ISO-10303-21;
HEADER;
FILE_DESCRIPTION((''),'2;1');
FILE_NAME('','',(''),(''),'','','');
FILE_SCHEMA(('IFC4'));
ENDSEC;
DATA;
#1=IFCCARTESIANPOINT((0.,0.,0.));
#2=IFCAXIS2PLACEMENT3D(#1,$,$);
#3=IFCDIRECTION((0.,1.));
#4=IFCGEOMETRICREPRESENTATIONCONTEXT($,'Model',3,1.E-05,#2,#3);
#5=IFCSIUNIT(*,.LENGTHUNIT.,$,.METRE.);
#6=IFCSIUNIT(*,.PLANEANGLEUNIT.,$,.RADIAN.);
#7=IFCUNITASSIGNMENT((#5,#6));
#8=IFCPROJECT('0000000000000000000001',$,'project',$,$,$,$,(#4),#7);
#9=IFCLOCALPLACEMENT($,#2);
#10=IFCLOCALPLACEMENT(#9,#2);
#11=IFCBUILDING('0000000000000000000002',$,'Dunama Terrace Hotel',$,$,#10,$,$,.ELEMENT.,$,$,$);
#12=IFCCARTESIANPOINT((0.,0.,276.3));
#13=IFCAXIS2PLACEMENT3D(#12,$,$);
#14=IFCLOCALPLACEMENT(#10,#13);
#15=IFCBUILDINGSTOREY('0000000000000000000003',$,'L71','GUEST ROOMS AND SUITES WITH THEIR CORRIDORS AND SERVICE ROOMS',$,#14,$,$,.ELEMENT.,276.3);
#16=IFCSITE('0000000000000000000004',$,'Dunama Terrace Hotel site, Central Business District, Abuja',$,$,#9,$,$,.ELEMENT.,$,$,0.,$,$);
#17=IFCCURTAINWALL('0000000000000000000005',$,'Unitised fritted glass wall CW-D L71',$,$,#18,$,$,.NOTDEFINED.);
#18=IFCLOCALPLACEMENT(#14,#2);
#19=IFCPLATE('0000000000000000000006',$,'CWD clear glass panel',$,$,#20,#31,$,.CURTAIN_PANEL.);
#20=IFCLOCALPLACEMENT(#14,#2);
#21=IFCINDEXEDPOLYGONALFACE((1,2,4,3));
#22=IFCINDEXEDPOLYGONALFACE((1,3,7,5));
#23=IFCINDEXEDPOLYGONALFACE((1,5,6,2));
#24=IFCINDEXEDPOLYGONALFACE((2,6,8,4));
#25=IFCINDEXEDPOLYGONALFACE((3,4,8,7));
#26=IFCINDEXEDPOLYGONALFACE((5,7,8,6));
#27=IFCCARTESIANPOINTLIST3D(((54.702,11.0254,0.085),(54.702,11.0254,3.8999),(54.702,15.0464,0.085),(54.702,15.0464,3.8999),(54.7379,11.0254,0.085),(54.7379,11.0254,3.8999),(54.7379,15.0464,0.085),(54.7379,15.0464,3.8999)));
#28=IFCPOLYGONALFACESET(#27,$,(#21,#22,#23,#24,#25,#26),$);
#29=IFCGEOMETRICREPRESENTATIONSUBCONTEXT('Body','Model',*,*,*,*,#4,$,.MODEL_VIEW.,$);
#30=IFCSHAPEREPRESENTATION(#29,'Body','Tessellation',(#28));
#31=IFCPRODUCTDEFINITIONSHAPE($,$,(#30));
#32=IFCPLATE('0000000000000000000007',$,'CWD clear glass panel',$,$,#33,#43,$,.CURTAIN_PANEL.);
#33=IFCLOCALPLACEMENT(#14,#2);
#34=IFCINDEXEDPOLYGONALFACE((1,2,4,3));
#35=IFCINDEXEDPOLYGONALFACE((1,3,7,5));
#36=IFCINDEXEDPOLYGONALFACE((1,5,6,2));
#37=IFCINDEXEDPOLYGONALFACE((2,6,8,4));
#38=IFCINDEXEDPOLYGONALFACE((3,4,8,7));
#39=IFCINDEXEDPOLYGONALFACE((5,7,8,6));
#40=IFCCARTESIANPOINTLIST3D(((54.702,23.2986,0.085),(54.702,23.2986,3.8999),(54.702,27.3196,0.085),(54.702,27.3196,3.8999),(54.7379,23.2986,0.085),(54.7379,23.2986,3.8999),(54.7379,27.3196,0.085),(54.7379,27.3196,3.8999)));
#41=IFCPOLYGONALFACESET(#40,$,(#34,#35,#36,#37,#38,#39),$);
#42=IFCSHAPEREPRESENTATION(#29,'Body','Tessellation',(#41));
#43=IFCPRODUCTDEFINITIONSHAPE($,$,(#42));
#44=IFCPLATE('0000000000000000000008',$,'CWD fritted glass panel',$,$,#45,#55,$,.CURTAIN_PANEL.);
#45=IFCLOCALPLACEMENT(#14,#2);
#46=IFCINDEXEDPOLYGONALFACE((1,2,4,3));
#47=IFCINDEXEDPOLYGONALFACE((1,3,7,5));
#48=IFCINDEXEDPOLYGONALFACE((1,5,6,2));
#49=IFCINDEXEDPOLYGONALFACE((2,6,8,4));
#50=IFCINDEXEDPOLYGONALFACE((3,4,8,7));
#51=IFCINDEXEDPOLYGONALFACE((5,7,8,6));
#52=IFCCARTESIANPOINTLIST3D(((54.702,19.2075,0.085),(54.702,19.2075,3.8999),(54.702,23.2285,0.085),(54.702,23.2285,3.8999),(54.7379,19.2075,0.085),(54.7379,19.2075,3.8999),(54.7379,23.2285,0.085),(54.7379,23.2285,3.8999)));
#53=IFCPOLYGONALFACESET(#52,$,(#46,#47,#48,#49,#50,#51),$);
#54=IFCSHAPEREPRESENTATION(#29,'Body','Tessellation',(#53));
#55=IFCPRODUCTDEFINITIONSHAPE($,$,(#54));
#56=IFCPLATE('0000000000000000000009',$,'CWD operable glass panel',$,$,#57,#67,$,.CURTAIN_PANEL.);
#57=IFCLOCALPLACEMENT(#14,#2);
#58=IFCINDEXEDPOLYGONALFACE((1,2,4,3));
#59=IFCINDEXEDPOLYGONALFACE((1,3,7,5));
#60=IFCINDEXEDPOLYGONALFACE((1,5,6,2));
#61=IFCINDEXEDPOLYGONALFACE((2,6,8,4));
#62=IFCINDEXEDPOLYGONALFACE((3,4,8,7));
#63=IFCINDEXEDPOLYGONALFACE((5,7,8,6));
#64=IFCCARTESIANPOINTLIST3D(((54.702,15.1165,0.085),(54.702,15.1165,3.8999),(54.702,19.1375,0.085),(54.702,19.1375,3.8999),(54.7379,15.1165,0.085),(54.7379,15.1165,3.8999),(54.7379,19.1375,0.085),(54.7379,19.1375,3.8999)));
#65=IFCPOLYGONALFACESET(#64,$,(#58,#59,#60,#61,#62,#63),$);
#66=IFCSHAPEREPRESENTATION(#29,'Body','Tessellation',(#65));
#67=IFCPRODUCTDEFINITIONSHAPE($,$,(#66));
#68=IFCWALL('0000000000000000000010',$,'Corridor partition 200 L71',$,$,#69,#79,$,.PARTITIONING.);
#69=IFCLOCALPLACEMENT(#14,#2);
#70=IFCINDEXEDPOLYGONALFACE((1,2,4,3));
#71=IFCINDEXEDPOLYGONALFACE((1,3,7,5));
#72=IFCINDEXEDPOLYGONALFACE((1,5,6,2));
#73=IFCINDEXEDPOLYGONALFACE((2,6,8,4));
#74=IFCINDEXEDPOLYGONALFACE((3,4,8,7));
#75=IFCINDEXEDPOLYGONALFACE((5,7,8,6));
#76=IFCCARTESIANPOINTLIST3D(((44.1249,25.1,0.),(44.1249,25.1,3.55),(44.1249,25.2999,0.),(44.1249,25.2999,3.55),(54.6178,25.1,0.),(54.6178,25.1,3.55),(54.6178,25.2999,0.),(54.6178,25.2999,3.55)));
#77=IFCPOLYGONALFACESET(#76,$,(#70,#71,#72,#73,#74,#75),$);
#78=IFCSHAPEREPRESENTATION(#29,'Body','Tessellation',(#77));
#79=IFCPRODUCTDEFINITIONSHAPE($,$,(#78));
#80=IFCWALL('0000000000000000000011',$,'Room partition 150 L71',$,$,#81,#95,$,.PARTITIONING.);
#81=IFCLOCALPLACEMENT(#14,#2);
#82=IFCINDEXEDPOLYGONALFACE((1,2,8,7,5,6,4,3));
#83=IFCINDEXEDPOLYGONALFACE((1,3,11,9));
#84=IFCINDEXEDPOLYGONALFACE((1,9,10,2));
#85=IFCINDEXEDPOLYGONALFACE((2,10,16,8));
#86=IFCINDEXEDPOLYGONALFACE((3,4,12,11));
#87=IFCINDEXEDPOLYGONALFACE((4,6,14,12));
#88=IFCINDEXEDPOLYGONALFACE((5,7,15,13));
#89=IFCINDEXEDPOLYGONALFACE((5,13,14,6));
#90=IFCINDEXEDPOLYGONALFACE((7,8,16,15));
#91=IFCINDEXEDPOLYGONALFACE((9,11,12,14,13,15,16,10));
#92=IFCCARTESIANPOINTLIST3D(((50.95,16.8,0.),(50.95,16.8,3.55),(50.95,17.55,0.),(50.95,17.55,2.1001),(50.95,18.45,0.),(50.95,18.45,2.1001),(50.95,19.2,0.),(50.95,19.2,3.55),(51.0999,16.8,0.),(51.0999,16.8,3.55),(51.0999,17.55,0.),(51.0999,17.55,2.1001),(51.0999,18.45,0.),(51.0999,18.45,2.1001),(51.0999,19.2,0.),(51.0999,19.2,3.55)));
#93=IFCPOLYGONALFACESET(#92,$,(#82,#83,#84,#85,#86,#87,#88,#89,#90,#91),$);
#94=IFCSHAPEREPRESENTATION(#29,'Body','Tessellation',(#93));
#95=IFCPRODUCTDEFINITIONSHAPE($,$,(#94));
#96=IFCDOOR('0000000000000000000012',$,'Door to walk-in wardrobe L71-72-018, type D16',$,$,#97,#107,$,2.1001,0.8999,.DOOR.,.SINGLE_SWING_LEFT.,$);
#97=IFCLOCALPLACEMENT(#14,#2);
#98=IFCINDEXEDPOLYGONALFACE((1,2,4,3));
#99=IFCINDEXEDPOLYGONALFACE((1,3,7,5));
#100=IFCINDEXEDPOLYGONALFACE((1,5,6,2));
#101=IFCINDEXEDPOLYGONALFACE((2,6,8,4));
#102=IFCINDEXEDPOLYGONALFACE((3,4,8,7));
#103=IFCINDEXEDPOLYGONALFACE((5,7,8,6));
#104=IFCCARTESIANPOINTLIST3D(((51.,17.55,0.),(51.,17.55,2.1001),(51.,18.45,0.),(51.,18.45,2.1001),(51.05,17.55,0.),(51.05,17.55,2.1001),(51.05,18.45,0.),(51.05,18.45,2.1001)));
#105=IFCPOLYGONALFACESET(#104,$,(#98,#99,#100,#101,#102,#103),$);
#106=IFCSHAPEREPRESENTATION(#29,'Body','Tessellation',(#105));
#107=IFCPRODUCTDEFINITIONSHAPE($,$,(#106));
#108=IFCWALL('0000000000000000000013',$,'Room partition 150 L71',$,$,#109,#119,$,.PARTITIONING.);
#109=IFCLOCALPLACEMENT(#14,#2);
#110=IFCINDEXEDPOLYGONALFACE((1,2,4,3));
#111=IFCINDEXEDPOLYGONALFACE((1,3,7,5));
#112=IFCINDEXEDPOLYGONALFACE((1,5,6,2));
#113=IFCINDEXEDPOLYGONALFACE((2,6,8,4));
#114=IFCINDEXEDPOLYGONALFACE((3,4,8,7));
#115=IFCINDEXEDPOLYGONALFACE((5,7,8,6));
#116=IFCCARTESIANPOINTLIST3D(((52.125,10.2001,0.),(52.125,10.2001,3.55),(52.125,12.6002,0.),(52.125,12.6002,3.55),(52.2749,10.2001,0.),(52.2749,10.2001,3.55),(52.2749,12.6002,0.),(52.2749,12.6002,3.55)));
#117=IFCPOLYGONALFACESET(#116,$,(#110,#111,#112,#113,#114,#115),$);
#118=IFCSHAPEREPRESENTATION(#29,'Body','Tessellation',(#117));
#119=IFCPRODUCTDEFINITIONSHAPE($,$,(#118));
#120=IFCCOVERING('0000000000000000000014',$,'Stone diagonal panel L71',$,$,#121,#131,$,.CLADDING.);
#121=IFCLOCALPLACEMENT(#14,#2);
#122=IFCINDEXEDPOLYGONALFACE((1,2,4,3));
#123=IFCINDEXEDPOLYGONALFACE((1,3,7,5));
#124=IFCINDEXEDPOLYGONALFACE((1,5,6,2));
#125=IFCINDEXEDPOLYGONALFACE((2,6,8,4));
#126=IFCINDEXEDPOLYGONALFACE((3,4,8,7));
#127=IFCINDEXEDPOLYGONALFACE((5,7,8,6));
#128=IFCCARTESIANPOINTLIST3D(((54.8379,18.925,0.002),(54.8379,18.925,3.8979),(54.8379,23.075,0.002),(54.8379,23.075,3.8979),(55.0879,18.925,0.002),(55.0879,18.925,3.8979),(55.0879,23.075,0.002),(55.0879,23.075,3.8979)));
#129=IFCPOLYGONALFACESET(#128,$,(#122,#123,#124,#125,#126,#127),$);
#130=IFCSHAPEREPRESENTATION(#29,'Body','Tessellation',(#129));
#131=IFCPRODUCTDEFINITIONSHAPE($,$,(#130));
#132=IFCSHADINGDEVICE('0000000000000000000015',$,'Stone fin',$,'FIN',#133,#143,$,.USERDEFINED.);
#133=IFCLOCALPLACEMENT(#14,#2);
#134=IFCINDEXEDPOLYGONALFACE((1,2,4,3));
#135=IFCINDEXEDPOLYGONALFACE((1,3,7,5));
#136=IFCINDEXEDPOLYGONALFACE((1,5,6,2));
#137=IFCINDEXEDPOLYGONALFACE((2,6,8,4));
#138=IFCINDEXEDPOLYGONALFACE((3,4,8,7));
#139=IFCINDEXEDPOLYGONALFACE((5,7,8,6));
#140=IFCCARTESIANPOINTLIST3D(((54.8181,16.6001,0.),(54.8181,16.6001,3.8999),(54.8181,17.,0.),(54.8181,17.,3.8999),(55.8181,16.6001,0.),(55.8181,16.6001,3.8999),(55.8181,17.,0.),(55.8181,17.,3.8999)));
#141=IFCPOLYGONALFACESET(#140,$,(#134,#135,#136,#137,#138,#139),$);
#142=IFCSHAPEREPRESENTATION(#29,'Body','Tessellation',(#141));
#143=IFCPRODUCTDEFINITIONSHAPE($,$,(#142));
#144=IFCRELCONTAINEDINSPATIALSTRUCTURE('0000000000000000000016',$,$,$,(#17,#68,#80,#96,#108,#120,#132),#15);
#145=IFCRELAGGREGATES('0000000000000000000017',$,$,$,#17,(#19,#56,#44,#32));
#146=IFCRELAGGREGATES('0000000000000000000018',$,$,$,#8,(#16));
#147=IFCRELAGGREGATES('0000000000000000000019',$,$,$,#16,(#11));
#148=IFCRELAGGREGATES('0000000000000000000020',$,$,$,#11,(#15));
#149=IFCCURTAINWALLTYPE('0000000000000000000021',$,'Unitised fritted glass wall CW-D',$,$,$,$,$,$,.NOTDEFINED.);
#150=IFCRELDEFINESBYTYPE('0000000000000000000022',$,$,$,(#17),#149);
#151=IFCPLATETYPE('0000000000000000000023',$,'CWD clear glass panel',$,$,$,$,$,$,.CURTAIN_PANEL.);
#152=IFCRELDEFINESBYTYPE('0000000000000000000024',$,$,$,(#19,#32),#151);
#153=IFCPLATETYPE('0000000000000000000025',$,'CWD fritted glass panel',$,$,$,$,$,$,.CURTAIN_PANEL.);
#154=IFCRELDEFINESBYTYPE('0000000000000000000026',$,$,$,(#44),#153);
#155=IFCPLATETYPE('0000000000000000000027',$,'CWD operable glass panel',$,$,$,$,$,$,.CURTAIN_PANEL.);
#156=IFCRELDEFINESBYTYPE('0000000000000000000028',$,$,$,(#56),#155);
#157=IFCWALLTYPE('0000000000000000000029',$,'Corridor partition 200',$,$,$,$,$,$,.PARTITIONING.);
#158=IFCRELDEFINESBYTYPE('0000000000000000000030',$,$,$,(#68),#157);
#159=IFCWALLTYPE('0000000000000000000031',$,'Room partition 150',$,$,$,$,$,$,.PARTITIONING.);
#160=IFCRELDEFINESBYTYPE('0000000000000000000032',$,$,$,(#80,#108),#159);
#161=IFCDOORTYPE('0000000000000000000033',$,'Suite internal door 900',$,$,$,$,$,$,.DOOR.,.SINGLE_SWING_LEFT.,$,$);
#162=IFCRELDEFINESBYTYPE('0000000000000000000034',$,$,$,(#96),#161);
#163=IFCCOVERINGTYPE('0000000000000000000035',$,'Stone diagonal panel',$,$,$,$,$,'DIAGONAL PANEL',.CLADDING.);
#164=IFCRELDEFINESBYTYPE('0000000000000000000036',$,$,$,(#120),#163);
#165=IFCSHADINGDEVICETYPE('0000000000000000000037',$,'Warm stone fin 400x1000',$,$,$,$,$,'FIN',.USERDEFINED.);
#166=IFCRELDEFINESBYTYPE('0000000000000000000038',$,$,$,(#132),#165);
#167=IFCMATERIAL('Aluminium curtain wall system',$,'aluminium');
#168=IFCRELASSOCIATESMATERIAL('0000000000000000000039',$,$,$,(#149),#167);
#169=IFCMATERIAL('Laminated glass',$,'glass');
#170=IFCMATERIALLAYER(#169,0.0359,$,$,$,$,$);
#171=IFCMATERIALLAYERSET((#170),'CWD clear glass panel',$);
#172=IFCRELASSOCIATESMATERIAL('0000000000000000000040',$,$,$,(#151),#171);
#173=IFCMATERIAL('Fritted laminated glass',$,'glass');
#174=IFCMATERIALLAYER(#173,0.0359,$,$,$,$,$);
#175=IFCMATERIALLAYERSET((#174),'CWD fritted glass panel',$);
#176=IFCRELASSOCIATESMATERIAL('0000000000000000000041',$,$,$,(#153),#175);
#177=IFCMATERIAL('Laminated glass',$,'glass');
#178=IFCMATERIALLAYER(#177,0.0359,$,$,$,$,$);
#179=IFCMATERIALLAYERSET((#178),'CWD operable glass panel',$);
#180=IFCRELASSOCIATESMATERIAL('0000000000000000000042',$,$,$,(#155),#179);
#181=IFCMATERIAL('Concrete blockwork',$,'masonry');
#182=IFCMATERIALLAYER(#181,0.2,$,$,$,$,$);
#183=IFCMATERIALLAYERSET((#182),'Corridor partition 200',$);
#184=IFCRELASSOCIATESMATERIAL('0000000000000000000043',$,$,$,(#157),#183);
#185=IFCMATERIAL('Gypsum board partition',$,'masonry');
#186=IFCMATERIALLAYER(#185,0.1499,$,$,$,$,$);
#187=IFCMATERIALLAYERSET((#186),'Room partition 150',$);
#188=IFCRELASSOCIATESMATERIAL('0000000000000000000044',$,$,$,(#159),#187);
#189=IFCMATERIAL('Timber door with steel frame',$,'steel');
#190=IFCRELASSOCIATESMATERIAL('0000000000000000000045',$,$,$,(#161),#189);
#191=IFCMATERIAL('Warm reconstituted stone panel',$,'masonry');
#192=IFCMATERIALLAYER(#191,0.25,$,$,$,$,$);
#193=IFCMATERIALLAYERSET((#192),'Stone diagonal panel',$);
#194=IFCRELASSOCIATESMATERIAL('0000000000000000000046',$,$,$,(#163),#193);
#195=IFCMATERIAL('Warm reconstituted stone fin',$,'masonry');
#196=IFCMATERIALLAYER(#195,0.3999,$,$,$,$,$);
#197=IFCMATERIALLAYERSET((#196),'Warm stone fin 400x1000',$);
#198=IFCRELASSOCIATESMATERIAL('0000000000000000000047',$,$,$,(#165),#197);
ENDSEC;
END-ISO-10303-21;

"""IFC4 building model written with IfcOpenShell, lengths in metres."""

from ifc_helpers import new_model, si_unit, direction, frame, frame_2d, origin, origin_2d, place, context, subcontext, project, spatial, rectangle, extrude, material, layer, layer_set, type_object, element, fill, aggregate, save


model = new_model("IFC4")

# Units and contexts
model_context = context("Model", 3, precision=1e-05, world=origin(), true_north=direction((0.0, 1.0)))
body_context = subcontext(model_context, "Body", "Model", "MODEL_VIEW")
ifc_project = project(units=[si_unit("LENGTHUNIT", "METRE"), si_unit("PLANEANGLEUNIT", "RADIAN")], contexts=[model_context])

# Site, building, storey
site_placement = place(None, origin())
site = spatial("IfcSite", under=ifc_project, at=site_placement, Name="Dunama Terrace Hotel site, Central Business District, Abuja", CompositionType="ELEMENT", RefElevation=0.0)
building_placement = place(site_placement, origin())
building = spatial("IfcBuilding", under=site, at=building_placement, Name="Dunama Terrace Hotel", CompositionType="ELEMENT")
storey_placement = place(building_placement, frame((0.0, 0.0, 276.3)))
storey = spatial("IfcBuildingStorey", under=building, at=storey_placement, Name="L71", Description="GUEST ROOMS AND SUITES WITH THEIR CORRIDORS AND SERVICE ROOMS", CompositionType="ELEMENT", Elevation=276.3)

# Curtain wall
ifc_material_1 = material(Name="Aluminium curtain wall system", Category="aluminium")
curtain_wall_type = type_object("IfcCurtainWallType", Name="Unitised fritted glass wall CW-D", PredefinedType="NOTDEFINED", material=ifc_material_1)
curtain_wall_placement = place(storey_placement, origin())
curtain_wall = element("IfcCurtainWall", 1, at=curtain_wall_placement, inside=storey, type_object=curtain_wall_type, Name="Unitised fritted glass wall CW-D L71", PredefinedType="NOTDEFINED")

# Plates
ifc_material_2 = material(Name="Laminated glass", Category="glass")
ifc_layer_1 = layer(ifc_material_2, 0.0359)
ifc_layer_set_1 = layer_set([ifc_layer_1], Name="CWD clear glass panel")
plate_type_1 = type_object("IfcPlateType", Name="CWD clear glass panel", PredefinedType="CURTAIN_PANEL", material=ifc_layer_set_1)
plate_1_placement = place(storey_placement, frame((54.72, 13.0359, 0.085), z_axis=(0.0, 0.0, 1.0), x_axis=(0.0, 1.0, 0.0)))
plate_1 = element("IfcPlate", 2, at=plate_1_placement, type_object=plate_type_1, Name="CWD clear glass panel", PredefinedType="CURTAIN_PANEL", context=body_context, shape_type="SweptSolid", body=[
    extrude(rectangle(XDim=4.021, YDim=0.0359, at=origin_2d()), origin(), (0.0, 0.0, 1.0), 3.8149),
])
plate_2_placement = place(storey_placement, frame((54.72, 25.3091, 0.085), z_axis=(0.0, 0.0, 1.0), x_axis=(0.0, 1.0, 0.0)))
plate_2 = element("IfcPlate", 3, at=plate_2_placement, type_object=plate_type_1, Name="CWD clear glass panel", PredefinedType="CURTAIN_PANEL", context=body_context, shape_type="SweptSolid", body=[
    extrude(rectangle(XDim=4.021, YDim=0.0359, at=origin_2d()), origin(), (0.0, 0.0, 1.0), 3.8149),
])
ifc_material_3 = material(Name="Fritted laminated glass", Category="glass")
ifc_layer_2 = layer(ifc_material_3, 0.0359)
ifc_layer_set_2 = layer_set([ifc_layer_2], Name="CWD fritted glass panel")
plate_type_2 = type_object("IfcPlateType", Name="CWD fritted glass panel", PredefinedType="CURTAIN_PANEL", material=ifc_layer_set_2)
plate_3_placement = place(storey_placement, frame((54.72, 21.218, 0.085), z_axis=(0.0, 0.0, 1.0), x_axis=(0.0, 1.0, 0.0)))
plate_3 = element("IfcPlate", 4, at=plate_3_placement, type_object=plate_type_2, Name="CWD fritted glass panel", PredefinedType="CURTAIN_PANEL", context=body_context, shape_type="SweptSolid", body=[
    extrude(rectangle(XDim=4.021, YDim=0.0359, at=origin_2d()), origin(), (0.0, 0.0, 1.0), 3.8149),
])
ifc_material_4 = material(Name="Laminated glass", Category="glass")
ifc_layer_3 = layer(ifc_material_4, 0.0359)
ifc_layer_set_3 = layer_set([ifc_layer_3], Name="CWD operable glass panel")
plate_type_3 = type_object("IfcPlateType", Name="CWD operable glass panel", PredefinedType="CURTAIN_PANEL", material=ifc_layer_set_3)
plate_4_placement = place(storey_placement, frame((54.72, 17.127, 0.085), z_axis=(0.0, 0.0, 1.0), x_axis=(0.0, 1.0, 0.0)))
plate_4 = element("IfcPlate", 5, at=plate_4_placement, type_object=plate_type_3, Name="CWD operable glass panel", PredefinedType="CURTAIN_PANEL", context=body_context, shape_type="SweptSolid", body=[
    extrude(rectangle(XDim=4.021, YDim=0.0359, at=origin_2d()), origin(), (0.0, 0.0, 1.0), 3.8149),
])
aggregate(curtain_wall, [plate_1, plate_4, plate_3, plate_2])

# Wall
ifc_material_5 = material(Name="Concrete blockwork", Category="masonry")
ifc_layer_4 = layer(ifc_material_5, 0.2)
ifc_layer_set_4 = layer_set([ifc_layer_4], Name="Corridor partition 200")
wall_type_1 = type_object("IfcWallType", Name="Corridor partition 200", PredefinedType="PARTITIONING", material=ifc_layer_set_4)
wall_1_placement = place(storey_placement, frame((54.6179, 25.2, 0.0), z_axis=(0.0, 0.0, 1.0), x_axis=(-1.0, 0.0, 0.0)))
element("IfcWall", 6, at=wall_1_placement, inside=storey, type_object=wall_type_1, Name="Corridor partition 200 L71", PredefinedType="PARTITIONING", context=body_context, shape_type="SweptSolid", body=[
    extrude(rectangle(XDim=10.4929, YDim=0.2, at=frame_2d((5.2466, 0.0))), origin(), (0.0, 0.0, 1.0), 3.55),
])

# Wall, opening, door
ifc_material_6 = material(Name="Gypsum board partition", Category="masonry")
ifc_layer_5 = layer(ifc_material_6, 0.1499)
ifc_layer_set_5 = layer_set([ifc_layer_5], Name="Room partition 150")
wall_type_2 = type_object("IfcWallType", Name="Room partition 150", PredefinedType="PARTITIONING", material=ifc_layer_set_5)
wall_2_placement = place(storey_placement, frame((51.0249, 16.8, 0.0), z_axis=(0.0, 0.0, 1.0), x_axis=(0.0, 1.0, 0.0)))
wall_2 = element("IfcWall", 7, at=wall_2_placement, inside=storey, type_object=wall_type_2, Name="Room partition 150 L71", PredefinedType="PARTITIONING", context=body_context, shape_type="SweptSolid", body=[
    extrude(rectangle(XDim=2.3999, YDim=0.1499, at=frame_2d((1.2, 0.0))), origin(), (0.0, 0.0, 1.0), 3.55),
])
opening_placement = place(wall_2_placement, frame((0.75, 0.0, 0.0)))
opening = element("IfcOpeningElement", 8, at=opening_placement, cuts=wall_2, PredefinedType="OPENING", context=body_context, shape_type="SweptSolid", body=[
    extrude(rectangle(XDim=0.8999, YDim=2.1001, at=frame_2d((0.45, 1.05))), frame((0.0, 0.085, 0.0), z_axis=(0.0, -1.0, 0.0), x_axis=(1.0, 0.0, 0.0)), (0.0, 0.0, 1.0), 0.1699),
])
ifc_material_7 = material(Name="Timber door with steel frame", Category="steel")
door_type = type_object("IfcDoorType", Name="Suite internal door 900", OperationType="SINGLE_SWING_LEFT", PredefinedType="DOOR", material=ifc_material_7)
door_placement = place(opening_placement, origin())
door = element("IfcDoor", 9, at=door_placement, inside=storey, type_object=door_type, Name="Door to walk-in wardrobe L71-72-018, type D16", OperationType="SINGLE_SWING_LEFT", OverallHeight=2.1001, OverallWidth=0.8999, PredefinedType="DOOR", context=body_context, shape_type="SweptSolid", body=[
    extrude(rectangle(XDim=0.8999, YDim=2.1001, at=frame_2d((0.45, 1.05))), frame((0.0, 0.0249, 0.0), z_axis=(0.0, -1.0, 0.0), x_axis=(1.0, 0.0, 0.0)), (0.0, 0.0, 1.0), 0.05),
])
fill(opening, door)

# Wall
wall_3_placement = place(storey_placement, frame((52.2, 10.2, 0.0), z_axis=(0.0, 0.0, 1.0), x_axis=(0.0, 1.0, 0.0)))
element("IfcWall", 10, at=wall_3_placement, inside=storey, type_object=wall_type_2, Name="Room partition 150 L71", PredefinedType="PARTITIONING", context=body_context, shape_type="SweptSolid", body=[
    extrude(rectangle(XDim=2.4001, YDim=0.1499, at=frame_2d((1.2002, 0.0))), origin(), (0.0, 0.0, 1.0), 3.55),
])

# Covering
ifc_material_8 = material(Name="Warm reconstituted stone panel", Category="masonry")
ifc_layer_6 = layer(ifc_material_8, 0.25)
ifc_layer_set_6 = layer_set([ifc_layer_6], Name="Stone diagonal panel")
covering_type = type_object("IfcCoveringType", Name="Stone diagonal panel", ElementType="DIAGONAL PANEL", PredefinedType="CLADDING", material=ifc_layer_set_6)
covering_placement = place(storey_placement, frame((54.9629, 21.0, 0.002), z_axis=(0.0, 0.0, 1.0), x_axis=(0.0, 1.0, 0.0)))
element("IfcCovering", 11, at=covering_placement, inside=storey, type_object=covering_type, Name="Stone diagonal panel L71", PredefinedType="CLADDING", context=body_context, shape_type="SweptSolid", body=[
    extrude(rectangle(XDim=4.1499, YDim=0.25, at=origin_2d()), origin(), (0.0, 0.0, 1.0), 3.896),
])

# Shading device
ifc_material_9 = material(Name="Warm reconstituted stone fin", Category="masonry")
ifc_layer_7 = layer(ifc_material_9, 0.3999)
ifc_layer_set_7 = layer_set([ifc_layer_7], Name="Warm stone fin 400x1000")
shading_device_type = type_object("IfcShadingDeviceType", Name="Warm stone fin 400x1000", ElementType="FIN", PredefinedType="USERDEFINED", material=ifc_layer_set_7)
shading_device_placement = place(storey_placement, frame((55.3181, 16.8, 0.0), z_axis=(0.0, 0.0, 1.0), x_axis=(0.0, 1.0, 0.0)))
element("IfcShadingDevice", 12, at=shading_device_placement, inside=storey, type_object=shading_device_type, Name="Stone fin", ObjectType="FIN", PredefinedType="USERDEFINED", context=body_context, shape_type="SweptSolid", body=[
    extrude(rectangle(XDim=0.3999, YDim=1.0, at=origin_2d()), origin(), (0.0, 0.0, 1.0), 3.8999),
])

save(model, "model.ifc")
